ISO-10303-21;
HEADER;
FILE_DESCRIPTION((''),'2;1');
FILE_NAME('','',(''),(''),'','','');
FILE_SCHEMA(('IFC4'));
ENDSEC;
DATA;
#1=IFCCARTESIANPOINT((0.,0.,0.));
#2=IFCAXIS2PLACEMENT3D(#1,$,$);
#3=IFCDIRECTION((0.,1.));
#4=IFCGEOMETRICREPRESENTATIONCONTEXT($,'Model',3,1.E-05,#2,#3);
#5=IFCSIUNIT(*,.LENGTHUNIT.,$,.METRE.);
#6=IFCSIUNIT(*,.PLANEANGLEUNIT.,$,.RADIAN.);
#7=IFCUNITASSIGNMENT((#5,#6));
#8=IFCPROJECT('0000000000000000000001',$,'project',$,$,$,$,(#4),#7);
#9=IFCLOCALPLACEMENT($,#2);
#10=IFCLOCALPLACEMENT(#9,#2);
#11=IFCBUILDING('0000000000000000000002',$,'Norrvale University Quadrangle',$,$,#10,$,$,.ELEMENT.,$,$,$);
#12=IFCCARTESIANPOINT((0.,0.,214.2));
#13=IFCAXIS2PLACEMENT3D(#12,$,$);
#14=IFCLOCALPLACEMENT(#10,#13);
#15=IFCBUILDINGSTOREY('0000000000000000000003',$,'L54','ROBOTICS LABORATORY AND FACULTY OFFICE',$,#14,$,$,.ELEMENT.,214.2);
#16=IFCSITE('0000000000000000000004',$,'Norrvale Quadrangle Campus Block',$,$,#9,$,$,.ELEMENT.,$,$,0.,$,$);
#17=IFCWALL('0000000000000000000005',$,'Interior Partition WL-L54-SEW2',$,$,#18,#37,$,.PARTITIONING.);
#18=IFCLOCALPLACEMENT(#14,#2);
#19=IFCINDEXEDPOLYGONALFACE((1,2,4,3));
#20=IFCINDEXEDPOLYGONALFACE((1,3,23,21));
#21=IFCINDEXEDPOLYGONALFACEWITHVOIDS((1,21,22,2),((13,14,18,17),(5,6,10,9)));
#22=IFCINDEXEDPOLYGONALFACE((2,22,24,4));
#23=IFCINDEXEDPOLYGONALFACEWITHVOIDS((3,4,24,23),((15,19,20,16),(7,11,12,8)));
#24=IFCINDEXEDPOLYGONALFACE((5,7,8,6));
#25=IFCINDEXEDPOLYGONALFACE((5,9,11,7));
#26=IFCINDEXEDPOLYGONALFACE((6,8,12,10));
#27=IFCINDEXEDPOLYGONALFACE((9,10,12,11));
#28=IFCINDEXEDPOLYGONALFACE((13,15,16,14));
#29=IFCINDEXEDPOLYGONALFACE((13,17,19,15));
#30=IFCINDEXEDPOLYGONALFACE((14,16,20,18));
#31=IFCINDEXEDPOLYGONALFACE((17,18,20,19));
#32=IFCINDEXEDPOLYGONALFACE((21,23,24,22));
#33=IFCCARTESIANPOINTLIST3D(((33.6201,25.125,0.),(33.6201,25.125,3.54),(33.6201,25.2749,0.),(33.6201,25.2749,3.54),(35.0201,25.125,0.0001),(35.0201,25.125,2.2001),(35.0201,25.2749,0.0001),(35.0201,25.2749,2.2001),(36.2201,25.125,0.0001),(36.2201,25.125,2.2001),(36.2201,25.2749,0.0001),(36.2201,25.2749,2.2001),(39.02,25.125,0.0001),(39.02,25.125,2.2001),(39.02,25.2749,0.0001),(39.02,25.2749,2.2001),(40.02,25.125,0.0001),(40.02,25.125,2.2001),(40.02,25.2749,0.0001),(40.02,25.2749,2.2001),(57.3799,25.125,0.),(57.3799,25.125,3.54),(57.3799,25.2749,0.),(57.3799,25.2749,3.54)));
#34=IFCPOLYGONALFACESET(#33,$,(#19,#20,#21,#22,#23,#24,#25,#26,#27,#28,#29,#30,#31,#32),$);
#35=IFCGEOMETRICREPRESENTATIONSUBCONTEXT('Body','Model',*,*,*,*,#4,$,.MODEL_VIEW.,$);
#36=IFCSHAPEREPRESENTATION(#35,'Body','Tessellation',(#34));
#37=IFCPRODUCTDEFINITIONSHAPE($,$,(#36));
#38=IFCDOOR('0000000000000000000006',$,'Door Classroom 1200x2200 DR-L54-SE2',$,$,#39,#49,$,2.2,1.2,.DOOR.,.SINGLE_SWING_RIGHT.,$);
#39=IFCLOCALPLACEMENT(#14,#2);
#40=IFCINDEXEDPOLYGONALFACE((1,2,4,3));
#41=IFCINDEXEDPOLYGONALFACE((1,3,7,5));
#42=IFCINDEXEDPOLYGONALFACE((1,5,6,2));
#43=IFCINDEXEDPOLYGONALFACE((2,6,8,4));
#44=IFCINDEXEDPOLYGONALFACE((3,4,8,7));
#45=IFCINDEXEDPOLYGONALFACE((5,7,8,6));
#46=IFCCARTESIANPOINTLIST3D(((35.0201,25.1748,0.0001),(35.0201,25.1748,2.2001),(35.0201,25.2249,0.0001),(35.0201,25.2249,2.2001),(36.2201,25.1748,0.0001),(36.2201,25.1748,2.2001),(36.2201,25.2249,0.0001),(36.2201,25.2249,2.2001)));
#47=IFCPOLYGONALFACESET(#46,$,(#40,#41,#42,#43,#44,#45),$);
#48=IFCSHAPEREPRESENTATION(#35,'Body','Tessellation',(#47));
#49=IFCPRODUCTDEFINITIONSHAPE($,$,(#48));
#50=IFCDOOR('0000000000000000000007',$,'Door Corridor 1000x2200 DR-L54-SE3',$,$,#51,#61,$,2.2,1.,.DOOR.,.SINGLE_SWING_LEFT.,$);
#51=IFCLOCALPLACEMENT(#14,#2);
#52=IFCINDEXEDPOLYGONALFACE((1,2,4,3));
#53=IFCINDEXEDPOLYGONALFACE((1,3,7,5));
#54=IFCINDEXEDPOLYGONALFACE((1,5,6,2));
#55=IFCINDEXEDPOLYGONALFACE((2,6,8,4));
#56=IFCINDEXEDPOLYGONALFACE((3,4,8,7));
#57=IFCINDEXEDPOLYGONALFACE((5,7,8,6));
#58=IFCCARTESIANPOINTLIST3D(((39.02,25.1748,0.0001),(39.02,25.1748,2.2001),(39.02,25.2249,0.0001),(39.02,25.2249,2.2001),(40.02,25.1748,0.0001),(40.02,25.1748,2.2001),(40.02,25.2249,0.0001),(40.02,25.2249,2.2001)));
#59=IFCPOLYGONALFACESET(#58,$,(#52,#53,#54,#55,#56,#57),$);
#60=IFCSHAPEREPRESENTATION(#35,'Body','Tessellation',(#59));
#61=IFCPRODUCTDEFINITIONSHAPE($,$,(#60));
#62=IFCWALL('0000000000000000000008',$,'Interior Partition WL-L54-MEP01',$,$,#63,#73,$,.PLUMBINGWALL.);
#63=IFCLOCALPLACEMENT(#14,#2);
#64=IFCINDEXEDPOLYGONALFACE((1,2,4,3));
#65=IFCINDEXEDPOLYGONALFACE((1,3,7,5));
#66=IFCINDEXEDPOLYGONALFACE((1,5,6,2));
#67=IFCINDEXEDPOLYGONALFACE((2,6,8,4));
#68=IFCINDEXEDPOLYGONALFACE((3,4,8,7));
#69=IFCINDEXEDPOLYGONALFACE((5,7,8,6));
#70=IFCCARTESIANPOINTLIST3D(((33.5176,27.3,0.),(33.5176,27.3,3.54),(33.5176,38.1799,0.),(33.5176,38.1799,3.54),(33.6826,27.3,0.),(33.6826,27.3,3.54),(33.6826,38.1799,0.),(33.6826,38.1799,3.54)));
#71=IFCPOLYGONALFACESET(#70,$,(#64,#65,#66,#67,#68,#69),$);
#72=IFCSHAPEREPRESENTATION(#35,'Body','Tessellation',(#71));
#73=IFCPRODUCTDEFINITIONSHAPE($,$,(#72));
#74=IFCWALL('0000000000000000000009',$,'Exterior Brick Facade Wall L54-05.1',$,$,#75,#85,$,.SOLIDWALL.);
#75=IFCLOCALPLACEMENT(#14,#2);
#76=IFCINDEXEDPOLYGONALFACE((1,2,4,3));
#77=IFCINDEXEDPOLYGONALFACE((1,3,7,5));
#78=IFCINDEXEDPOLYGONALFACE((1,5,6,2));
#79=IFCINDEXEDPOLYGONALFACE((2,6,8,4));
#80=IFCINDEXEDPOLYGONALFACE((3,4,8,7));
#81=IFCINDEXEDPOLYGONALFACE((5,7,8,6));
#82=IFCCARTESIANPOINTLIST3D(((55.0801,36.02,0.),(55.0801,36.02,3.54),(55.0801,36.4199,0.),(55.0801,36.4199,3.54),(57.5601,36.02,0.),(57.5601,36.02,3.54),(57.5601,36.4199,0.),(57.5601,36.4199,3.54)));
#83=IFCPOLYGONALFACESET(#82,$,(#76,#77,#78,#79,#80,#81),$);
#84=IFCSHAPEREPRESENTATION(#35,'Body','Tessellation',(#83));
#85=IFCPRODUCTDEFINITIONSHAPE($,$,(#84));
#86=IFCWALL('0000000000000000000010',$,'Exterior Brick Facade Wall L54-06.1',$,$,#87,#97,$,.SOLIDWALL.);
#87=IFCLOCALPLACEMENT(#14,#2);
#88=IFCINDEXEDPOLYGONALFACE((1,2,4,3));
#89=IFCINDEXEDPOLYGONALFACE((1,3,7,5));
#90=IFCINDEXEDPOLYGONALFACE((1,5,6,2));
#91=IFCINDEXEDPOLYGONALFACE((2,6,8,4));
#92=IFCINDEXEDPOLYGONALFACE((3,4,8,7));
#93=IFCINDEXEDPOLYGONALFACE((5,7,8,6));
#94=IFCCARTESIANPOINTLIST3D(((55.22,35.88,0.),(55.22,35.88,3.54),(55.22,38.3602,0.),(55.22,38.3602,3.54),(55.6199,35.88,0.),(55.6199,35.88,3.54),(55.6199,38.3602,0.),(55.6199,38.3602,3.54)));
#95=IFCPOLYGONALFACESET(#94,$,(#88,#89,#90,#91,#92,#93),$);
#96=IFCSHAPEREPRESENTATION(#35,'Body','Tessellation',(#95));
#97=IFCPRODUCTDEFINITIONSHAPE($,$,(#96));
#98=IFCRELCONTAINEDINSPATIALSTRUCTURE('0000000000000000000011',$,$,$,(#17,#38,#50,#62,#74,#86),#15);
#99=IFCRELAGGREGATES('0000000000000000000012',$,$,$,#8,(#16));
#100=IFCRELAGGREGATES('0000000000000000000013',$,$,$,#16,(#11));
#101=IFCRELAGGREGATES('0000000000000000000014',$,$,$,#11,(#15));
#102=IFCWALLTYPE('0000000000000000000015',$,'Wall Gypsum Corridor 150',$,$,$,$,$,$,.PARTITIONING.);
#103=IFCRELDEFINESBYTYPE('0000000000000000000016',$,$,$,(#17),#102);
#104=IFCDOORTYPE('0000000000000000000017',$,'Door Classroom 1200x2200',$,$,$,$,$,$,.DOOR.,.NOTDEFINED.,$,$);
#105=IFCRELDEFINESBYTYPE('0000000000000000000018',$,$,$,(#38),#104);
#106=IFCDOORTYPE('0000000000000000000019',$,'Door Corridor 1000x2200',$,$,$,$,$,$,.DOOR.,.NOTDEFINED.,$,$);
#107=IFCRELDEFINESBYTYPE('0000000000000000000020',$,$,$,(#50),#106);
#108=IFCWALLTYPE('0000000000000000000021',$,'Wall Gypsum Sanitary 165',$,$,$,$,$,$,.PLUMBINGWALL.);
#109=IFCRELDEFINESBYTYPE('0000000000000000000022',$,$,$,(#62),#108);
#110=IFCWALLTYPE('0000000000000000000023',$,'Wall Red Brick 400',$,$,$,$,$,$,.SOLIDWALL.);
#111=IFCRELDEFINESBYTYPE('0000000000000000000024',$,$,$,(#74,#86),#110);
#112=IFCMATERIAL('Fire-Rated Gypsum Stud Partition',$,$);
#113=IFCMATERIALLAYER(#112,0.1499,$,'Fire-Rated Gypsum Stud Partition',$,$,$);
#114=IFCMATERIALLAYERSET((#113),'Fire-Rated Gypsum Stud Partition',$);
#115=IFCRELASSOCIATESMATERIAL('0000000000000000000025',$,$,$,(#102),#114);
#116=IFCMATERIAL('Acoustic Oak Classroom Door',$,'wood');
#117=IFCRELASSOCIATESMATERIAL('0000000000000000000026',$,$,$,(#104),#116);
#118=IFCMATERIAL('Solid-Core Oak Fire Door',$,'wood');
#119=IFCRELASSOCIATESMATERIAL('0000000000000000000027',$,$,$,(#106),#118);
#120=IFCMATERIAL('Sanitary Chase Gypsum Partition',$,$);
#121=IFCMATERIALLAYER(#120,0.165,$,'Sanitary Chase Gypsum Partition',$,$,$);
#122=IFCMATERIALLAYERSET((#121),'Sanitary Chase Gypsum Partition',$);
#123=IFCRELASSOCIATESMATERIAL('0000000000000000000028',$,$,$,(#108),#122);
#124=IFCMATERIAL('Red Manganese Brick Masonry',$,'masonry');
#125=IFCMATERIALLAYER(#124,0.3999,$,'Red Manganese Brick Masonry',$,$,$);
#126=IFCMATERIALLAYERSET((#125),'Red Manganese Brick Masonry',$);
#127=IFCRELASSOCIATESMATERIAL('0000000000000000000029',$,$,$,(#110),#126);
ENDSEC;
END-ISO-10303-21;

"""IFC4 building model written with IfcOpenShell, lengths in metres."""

from ifc_helpers import new_model, si_unit, direction, frame, frame_2d, origin, place, context, subcontext, project, spatial, rectangle, extrude, material, layer, layer_set, type_object, element, fill, save


model = new_model("IFC4")

# Units and contexts
model_context = context("Model", 3, precision=1e-05, world=origin(), true_north=direction((0.0, 1.0)))
body_context = subcontext(model_context, "Body", "Model", "MODEL_VIEW")
ifc_project = project(units=[si_unit("LENGTHUNIT", "METRE"), si_unit("PLANEANGLEUNIT", "RADIAN")], contexts=[model_context])

# Site, building, storey
site_placement = place(None, origin())
site = spatial("IfcSite", under=ifc_project, at=site_placement, Name="Norrvale Quadrangle Campus Block", CompositionType="ELEMENT", RefElevation=0.0)
building_placement = place(site_placement, origin())
building = spatial("IfcBuilding", under=site, at=building_placement, Name="Norrvale University Quadrangle", CompositionType="ELEMENT")
storey_placement = place(building_placement, frame((0.0, 0.0, 214.2)))
storey = spatial("IfcBuildingStorey", under=building, at=storey_placement, Name="L54", Description="ROBOTICS LABORATORY AND FACULTY OFFICE", CompositionType="ELEMENT", Elevation=214.2)

# Shared definitions
ifc_material_1 = material(Name="Fire-Rated Gypsum Stud Partition")
ifc_layer_1 = layer(ifc_material_1, 0.1499, Name="Fire-Rated Gypsum Stud Partition")
ifc_layer_set_1 = layer_set([ifc_layer_1], Name="Fire-Rated Gypsum Stud Partition")
wall_type_1 = type_object("IfcWallType", Name="Wall Gypsum Corridor 150", PredefinedType="PARTITIONING", material=ifc_layer_set_1)

# Wall, openings, doors
wall_1_placement = place(storey_placement, frame((33.6201, 25.2, 0.0), z_axis=(0.0, 0.0, 1.0), x_axis=(1.0, 0.0, 0.0)))
wall_1 = element("IfcWall", 1, at=wall_1_placement, inside=storey, type_object=wall_type_1, Name="Interior Partition WL-L54-SEW2", PredefinedType="PARTITIONING", context=body_context, shape_type="SweptSolid", body=[
    extrude(rectangle(XDim=23.7598, YDim=0.1499, at=frame_2d((11.8799, 0.0))), origin(), (0.0, 0.0, 1.0), 3.54),
])
opening_1_placement = place(wall_1_placement, frame((1.3999, 0.0, 0.0)))
opening_1 = element("IfcOpeningElement", 2, at=opening_1_placement, cuts=wall_1, PredefinedType="OPENING", context=body_context, shape_type="SweptSolid", body=[
    extrude(rectangle(XDim=1.2, YDim=2.2, at=frame_2d((0.6001, 1.1001))), frame((0.0, 0.0869, 0.0), z_axis=(0.0, -1.0, 0.0), x_axis=(1.0, 0.0, 0.0)), (0.0, 0.0, 1.0), 0.1738),
])
opening_2_placement = place(wall_1_placement, frame((5.3999, 0.0, 0.0)))
opening_2 = element("IfcOpeningElement", 3, at=opening_2_placement, cuts=wall_1, PredefinedType="OPENING", context=body_context, shape_type="SweptSolid", body=[
    extrude(rectangle(XDim=1.0, YDim=2.2, at=frame_2d((0.5, 1.1001))), frame((0.0, 0.0869, 0.0), z_axis=(0.0, -1.0, 0.0), x_axis=(1.0, 0.0, 0.0)), (0.0, 0.0, 1.0), 0.1738),
])
ifc_material_2 = material(Name="Acoustic Oak Classroom Door", Category="wood")
door_type_1 = type_object("IfcDoorType", Name="Door Classroom 1200x2200", OperationType="NOTDEFINED", PredefinedType="DOOR", material=ifc_material_2)
door_1_placement = place(opening_1_placement, origin())
door_1 = element("IfcDoor", 4, at=door_1_placement, inside=storey, type_object=door_type_1, Name="Door Classroom 1200x2200 DR-L54-SE2", OperationType="SINGLE_SWING_RIGHT", OverallHeight=2.2, OverallWidth=1.2, PredefinedType="DOOR", context=body_context, shape_type="SweptSolid", body=[
    extrude(rectangle(XDim=1.2, YDim=2.2, at=frame_2d((0.6001, 1.1001))), frame((0.0, 0.0249, 0.0), z_axis=(0.0, -1.0, 0.0), x_axis=(1.0, 0.0, 0.0)), (0.0, 0.0, 1.0), 0.05),
])
fill(opening_1, door_1)
ifc_material_3 = material(Name="Solid-Core Oak Fire Door", Category="wood")
door_type_2 = type_object("IfcDoorType", Name="Door Corridor 1000x2200", OperationType="NOTDEFINED", PredefinedType="DOOR", material=ifc_material_3)
door_2_placement = place(opening_2_placement, origin())
door_2 = element("IfcDoor", 5, at=door_2_placement, inside=storey, type_object=door_type_2, Name="Door Corridor 1000x2200 DR-L54-SE3", OperationType="SINGLE_SWING_LEFT", OverallHeight=2.2, OverallWidth=1.0, PredefinedType="DOOR", context=body_context, shape_type="SweptSolid", body=[
    extrude(rectangle(XDim=1.0, YDim=2.2, at=frame_2d((0.5, 1.1001))), frame((0.0, 0.0249, 0.0), z_axis=(0.0, -1.0, 0.0), x_axis=(1.0, 0.0, 0.0)), (0.0, 0.0, 1.0), 0.05),
])
fill(opening_2, door_2)

# Walls
ifc_material_4 = material(Name="Sanitary Chase Gypsum Partition")
ifc_layer_2 = layer(ifc_material_4, 0.165, Name="Sanitary Chase Gypsum Partition")
ifc_layer_set_2 = layer_set([ifc_layer_2], Name="Sanitary Chase Gypsum Partition")
wall_type_2 = type_object("IfcWallType", Name="Wall Gypsum Sanitary 165", PredefinedType="PLUMBINGWALL", material=ifc_layer_set_2)
wall_2_placement = place(storey_placement, frame((33.6001, 27.3, 0.0), z_axis=(0.0, 0.0, 1.0), x_axis=(0.0, 1.0, 0.0)))
element("IfcWall", 6, at=wall_2_placement, inside=storey, type_object=wall_type_2, Name="Interior Partition WL-L54-MEP01", PredefinedType="PLUMBINGWALL", context=body_context, shape_type="SweptSolid", body=[
    extrude(rectangle(XDim=10.8799, YDim=0.165, at=frame_2d((5.4399, 0.0))), origin(), (0.0, 0.0, 1.0), 3.54),
])
ifc_material_5 = material(Name="Red Manganese Brick Masonry", Category="masonry")
ifc_layer_3 = layer(ifc_material_5, 0.3999, Name="Red Manganese Brick Masonry")
ifc_layer_set_3 = layer_set([ifc_layer_3], Name="Red Manganese Brick Masonry")
wall_type_3 = type_object("IfcWallType", Name="Wall Red Brick 400", PredefinedType="SOLIDWALL", material=ifc_layer_set_3)
wall_3_placement = place(storey_placement, frame((57.5601, 36.22, 0.0), z_axis=(0.0, 0.0, 1.0), x_axis=(-1.0, 0.0, 0.0)))
element("IfcWall", 7, at=wall_3_placement, inside=storey, type_object=wall_type_3, Name="Exterior Brick Facade Wall L54-05.1", PredefinedType="SOLIDWALL", context=body_context, shape_type="SweptSolid", body=[
    extrude(rectangle(XDim=2.48, YDim=0.3999, at=frame_2d((1.24, 0.0))), origin(), (0.0, 0.0, 1.0), 3.54),
])
wall_4_placement = place(storey_placement, frame((55.4199, 35.8799, 0.0), z_axis=(0.0, 0.0, 1.0), x_axis=(0.0, 1.0, 0.0)))
element("IfcWall", 8, at=wall_4_placement, inside=storey, type_object=wall_type_3, Name="Exterior Brick Facade Wall L54-06.1", PredefinedType="SOLIDWALL", context=body_context, shape_type="SweptSolid", body=[
    extrude(rectangle(XDim=2.4802, YDim=0.3999, at=frame_2d((1.2402, 0.0))), origin(), (0.0, 0.0, 1.0), 3.54),
])

save(model, "model.ifc")
